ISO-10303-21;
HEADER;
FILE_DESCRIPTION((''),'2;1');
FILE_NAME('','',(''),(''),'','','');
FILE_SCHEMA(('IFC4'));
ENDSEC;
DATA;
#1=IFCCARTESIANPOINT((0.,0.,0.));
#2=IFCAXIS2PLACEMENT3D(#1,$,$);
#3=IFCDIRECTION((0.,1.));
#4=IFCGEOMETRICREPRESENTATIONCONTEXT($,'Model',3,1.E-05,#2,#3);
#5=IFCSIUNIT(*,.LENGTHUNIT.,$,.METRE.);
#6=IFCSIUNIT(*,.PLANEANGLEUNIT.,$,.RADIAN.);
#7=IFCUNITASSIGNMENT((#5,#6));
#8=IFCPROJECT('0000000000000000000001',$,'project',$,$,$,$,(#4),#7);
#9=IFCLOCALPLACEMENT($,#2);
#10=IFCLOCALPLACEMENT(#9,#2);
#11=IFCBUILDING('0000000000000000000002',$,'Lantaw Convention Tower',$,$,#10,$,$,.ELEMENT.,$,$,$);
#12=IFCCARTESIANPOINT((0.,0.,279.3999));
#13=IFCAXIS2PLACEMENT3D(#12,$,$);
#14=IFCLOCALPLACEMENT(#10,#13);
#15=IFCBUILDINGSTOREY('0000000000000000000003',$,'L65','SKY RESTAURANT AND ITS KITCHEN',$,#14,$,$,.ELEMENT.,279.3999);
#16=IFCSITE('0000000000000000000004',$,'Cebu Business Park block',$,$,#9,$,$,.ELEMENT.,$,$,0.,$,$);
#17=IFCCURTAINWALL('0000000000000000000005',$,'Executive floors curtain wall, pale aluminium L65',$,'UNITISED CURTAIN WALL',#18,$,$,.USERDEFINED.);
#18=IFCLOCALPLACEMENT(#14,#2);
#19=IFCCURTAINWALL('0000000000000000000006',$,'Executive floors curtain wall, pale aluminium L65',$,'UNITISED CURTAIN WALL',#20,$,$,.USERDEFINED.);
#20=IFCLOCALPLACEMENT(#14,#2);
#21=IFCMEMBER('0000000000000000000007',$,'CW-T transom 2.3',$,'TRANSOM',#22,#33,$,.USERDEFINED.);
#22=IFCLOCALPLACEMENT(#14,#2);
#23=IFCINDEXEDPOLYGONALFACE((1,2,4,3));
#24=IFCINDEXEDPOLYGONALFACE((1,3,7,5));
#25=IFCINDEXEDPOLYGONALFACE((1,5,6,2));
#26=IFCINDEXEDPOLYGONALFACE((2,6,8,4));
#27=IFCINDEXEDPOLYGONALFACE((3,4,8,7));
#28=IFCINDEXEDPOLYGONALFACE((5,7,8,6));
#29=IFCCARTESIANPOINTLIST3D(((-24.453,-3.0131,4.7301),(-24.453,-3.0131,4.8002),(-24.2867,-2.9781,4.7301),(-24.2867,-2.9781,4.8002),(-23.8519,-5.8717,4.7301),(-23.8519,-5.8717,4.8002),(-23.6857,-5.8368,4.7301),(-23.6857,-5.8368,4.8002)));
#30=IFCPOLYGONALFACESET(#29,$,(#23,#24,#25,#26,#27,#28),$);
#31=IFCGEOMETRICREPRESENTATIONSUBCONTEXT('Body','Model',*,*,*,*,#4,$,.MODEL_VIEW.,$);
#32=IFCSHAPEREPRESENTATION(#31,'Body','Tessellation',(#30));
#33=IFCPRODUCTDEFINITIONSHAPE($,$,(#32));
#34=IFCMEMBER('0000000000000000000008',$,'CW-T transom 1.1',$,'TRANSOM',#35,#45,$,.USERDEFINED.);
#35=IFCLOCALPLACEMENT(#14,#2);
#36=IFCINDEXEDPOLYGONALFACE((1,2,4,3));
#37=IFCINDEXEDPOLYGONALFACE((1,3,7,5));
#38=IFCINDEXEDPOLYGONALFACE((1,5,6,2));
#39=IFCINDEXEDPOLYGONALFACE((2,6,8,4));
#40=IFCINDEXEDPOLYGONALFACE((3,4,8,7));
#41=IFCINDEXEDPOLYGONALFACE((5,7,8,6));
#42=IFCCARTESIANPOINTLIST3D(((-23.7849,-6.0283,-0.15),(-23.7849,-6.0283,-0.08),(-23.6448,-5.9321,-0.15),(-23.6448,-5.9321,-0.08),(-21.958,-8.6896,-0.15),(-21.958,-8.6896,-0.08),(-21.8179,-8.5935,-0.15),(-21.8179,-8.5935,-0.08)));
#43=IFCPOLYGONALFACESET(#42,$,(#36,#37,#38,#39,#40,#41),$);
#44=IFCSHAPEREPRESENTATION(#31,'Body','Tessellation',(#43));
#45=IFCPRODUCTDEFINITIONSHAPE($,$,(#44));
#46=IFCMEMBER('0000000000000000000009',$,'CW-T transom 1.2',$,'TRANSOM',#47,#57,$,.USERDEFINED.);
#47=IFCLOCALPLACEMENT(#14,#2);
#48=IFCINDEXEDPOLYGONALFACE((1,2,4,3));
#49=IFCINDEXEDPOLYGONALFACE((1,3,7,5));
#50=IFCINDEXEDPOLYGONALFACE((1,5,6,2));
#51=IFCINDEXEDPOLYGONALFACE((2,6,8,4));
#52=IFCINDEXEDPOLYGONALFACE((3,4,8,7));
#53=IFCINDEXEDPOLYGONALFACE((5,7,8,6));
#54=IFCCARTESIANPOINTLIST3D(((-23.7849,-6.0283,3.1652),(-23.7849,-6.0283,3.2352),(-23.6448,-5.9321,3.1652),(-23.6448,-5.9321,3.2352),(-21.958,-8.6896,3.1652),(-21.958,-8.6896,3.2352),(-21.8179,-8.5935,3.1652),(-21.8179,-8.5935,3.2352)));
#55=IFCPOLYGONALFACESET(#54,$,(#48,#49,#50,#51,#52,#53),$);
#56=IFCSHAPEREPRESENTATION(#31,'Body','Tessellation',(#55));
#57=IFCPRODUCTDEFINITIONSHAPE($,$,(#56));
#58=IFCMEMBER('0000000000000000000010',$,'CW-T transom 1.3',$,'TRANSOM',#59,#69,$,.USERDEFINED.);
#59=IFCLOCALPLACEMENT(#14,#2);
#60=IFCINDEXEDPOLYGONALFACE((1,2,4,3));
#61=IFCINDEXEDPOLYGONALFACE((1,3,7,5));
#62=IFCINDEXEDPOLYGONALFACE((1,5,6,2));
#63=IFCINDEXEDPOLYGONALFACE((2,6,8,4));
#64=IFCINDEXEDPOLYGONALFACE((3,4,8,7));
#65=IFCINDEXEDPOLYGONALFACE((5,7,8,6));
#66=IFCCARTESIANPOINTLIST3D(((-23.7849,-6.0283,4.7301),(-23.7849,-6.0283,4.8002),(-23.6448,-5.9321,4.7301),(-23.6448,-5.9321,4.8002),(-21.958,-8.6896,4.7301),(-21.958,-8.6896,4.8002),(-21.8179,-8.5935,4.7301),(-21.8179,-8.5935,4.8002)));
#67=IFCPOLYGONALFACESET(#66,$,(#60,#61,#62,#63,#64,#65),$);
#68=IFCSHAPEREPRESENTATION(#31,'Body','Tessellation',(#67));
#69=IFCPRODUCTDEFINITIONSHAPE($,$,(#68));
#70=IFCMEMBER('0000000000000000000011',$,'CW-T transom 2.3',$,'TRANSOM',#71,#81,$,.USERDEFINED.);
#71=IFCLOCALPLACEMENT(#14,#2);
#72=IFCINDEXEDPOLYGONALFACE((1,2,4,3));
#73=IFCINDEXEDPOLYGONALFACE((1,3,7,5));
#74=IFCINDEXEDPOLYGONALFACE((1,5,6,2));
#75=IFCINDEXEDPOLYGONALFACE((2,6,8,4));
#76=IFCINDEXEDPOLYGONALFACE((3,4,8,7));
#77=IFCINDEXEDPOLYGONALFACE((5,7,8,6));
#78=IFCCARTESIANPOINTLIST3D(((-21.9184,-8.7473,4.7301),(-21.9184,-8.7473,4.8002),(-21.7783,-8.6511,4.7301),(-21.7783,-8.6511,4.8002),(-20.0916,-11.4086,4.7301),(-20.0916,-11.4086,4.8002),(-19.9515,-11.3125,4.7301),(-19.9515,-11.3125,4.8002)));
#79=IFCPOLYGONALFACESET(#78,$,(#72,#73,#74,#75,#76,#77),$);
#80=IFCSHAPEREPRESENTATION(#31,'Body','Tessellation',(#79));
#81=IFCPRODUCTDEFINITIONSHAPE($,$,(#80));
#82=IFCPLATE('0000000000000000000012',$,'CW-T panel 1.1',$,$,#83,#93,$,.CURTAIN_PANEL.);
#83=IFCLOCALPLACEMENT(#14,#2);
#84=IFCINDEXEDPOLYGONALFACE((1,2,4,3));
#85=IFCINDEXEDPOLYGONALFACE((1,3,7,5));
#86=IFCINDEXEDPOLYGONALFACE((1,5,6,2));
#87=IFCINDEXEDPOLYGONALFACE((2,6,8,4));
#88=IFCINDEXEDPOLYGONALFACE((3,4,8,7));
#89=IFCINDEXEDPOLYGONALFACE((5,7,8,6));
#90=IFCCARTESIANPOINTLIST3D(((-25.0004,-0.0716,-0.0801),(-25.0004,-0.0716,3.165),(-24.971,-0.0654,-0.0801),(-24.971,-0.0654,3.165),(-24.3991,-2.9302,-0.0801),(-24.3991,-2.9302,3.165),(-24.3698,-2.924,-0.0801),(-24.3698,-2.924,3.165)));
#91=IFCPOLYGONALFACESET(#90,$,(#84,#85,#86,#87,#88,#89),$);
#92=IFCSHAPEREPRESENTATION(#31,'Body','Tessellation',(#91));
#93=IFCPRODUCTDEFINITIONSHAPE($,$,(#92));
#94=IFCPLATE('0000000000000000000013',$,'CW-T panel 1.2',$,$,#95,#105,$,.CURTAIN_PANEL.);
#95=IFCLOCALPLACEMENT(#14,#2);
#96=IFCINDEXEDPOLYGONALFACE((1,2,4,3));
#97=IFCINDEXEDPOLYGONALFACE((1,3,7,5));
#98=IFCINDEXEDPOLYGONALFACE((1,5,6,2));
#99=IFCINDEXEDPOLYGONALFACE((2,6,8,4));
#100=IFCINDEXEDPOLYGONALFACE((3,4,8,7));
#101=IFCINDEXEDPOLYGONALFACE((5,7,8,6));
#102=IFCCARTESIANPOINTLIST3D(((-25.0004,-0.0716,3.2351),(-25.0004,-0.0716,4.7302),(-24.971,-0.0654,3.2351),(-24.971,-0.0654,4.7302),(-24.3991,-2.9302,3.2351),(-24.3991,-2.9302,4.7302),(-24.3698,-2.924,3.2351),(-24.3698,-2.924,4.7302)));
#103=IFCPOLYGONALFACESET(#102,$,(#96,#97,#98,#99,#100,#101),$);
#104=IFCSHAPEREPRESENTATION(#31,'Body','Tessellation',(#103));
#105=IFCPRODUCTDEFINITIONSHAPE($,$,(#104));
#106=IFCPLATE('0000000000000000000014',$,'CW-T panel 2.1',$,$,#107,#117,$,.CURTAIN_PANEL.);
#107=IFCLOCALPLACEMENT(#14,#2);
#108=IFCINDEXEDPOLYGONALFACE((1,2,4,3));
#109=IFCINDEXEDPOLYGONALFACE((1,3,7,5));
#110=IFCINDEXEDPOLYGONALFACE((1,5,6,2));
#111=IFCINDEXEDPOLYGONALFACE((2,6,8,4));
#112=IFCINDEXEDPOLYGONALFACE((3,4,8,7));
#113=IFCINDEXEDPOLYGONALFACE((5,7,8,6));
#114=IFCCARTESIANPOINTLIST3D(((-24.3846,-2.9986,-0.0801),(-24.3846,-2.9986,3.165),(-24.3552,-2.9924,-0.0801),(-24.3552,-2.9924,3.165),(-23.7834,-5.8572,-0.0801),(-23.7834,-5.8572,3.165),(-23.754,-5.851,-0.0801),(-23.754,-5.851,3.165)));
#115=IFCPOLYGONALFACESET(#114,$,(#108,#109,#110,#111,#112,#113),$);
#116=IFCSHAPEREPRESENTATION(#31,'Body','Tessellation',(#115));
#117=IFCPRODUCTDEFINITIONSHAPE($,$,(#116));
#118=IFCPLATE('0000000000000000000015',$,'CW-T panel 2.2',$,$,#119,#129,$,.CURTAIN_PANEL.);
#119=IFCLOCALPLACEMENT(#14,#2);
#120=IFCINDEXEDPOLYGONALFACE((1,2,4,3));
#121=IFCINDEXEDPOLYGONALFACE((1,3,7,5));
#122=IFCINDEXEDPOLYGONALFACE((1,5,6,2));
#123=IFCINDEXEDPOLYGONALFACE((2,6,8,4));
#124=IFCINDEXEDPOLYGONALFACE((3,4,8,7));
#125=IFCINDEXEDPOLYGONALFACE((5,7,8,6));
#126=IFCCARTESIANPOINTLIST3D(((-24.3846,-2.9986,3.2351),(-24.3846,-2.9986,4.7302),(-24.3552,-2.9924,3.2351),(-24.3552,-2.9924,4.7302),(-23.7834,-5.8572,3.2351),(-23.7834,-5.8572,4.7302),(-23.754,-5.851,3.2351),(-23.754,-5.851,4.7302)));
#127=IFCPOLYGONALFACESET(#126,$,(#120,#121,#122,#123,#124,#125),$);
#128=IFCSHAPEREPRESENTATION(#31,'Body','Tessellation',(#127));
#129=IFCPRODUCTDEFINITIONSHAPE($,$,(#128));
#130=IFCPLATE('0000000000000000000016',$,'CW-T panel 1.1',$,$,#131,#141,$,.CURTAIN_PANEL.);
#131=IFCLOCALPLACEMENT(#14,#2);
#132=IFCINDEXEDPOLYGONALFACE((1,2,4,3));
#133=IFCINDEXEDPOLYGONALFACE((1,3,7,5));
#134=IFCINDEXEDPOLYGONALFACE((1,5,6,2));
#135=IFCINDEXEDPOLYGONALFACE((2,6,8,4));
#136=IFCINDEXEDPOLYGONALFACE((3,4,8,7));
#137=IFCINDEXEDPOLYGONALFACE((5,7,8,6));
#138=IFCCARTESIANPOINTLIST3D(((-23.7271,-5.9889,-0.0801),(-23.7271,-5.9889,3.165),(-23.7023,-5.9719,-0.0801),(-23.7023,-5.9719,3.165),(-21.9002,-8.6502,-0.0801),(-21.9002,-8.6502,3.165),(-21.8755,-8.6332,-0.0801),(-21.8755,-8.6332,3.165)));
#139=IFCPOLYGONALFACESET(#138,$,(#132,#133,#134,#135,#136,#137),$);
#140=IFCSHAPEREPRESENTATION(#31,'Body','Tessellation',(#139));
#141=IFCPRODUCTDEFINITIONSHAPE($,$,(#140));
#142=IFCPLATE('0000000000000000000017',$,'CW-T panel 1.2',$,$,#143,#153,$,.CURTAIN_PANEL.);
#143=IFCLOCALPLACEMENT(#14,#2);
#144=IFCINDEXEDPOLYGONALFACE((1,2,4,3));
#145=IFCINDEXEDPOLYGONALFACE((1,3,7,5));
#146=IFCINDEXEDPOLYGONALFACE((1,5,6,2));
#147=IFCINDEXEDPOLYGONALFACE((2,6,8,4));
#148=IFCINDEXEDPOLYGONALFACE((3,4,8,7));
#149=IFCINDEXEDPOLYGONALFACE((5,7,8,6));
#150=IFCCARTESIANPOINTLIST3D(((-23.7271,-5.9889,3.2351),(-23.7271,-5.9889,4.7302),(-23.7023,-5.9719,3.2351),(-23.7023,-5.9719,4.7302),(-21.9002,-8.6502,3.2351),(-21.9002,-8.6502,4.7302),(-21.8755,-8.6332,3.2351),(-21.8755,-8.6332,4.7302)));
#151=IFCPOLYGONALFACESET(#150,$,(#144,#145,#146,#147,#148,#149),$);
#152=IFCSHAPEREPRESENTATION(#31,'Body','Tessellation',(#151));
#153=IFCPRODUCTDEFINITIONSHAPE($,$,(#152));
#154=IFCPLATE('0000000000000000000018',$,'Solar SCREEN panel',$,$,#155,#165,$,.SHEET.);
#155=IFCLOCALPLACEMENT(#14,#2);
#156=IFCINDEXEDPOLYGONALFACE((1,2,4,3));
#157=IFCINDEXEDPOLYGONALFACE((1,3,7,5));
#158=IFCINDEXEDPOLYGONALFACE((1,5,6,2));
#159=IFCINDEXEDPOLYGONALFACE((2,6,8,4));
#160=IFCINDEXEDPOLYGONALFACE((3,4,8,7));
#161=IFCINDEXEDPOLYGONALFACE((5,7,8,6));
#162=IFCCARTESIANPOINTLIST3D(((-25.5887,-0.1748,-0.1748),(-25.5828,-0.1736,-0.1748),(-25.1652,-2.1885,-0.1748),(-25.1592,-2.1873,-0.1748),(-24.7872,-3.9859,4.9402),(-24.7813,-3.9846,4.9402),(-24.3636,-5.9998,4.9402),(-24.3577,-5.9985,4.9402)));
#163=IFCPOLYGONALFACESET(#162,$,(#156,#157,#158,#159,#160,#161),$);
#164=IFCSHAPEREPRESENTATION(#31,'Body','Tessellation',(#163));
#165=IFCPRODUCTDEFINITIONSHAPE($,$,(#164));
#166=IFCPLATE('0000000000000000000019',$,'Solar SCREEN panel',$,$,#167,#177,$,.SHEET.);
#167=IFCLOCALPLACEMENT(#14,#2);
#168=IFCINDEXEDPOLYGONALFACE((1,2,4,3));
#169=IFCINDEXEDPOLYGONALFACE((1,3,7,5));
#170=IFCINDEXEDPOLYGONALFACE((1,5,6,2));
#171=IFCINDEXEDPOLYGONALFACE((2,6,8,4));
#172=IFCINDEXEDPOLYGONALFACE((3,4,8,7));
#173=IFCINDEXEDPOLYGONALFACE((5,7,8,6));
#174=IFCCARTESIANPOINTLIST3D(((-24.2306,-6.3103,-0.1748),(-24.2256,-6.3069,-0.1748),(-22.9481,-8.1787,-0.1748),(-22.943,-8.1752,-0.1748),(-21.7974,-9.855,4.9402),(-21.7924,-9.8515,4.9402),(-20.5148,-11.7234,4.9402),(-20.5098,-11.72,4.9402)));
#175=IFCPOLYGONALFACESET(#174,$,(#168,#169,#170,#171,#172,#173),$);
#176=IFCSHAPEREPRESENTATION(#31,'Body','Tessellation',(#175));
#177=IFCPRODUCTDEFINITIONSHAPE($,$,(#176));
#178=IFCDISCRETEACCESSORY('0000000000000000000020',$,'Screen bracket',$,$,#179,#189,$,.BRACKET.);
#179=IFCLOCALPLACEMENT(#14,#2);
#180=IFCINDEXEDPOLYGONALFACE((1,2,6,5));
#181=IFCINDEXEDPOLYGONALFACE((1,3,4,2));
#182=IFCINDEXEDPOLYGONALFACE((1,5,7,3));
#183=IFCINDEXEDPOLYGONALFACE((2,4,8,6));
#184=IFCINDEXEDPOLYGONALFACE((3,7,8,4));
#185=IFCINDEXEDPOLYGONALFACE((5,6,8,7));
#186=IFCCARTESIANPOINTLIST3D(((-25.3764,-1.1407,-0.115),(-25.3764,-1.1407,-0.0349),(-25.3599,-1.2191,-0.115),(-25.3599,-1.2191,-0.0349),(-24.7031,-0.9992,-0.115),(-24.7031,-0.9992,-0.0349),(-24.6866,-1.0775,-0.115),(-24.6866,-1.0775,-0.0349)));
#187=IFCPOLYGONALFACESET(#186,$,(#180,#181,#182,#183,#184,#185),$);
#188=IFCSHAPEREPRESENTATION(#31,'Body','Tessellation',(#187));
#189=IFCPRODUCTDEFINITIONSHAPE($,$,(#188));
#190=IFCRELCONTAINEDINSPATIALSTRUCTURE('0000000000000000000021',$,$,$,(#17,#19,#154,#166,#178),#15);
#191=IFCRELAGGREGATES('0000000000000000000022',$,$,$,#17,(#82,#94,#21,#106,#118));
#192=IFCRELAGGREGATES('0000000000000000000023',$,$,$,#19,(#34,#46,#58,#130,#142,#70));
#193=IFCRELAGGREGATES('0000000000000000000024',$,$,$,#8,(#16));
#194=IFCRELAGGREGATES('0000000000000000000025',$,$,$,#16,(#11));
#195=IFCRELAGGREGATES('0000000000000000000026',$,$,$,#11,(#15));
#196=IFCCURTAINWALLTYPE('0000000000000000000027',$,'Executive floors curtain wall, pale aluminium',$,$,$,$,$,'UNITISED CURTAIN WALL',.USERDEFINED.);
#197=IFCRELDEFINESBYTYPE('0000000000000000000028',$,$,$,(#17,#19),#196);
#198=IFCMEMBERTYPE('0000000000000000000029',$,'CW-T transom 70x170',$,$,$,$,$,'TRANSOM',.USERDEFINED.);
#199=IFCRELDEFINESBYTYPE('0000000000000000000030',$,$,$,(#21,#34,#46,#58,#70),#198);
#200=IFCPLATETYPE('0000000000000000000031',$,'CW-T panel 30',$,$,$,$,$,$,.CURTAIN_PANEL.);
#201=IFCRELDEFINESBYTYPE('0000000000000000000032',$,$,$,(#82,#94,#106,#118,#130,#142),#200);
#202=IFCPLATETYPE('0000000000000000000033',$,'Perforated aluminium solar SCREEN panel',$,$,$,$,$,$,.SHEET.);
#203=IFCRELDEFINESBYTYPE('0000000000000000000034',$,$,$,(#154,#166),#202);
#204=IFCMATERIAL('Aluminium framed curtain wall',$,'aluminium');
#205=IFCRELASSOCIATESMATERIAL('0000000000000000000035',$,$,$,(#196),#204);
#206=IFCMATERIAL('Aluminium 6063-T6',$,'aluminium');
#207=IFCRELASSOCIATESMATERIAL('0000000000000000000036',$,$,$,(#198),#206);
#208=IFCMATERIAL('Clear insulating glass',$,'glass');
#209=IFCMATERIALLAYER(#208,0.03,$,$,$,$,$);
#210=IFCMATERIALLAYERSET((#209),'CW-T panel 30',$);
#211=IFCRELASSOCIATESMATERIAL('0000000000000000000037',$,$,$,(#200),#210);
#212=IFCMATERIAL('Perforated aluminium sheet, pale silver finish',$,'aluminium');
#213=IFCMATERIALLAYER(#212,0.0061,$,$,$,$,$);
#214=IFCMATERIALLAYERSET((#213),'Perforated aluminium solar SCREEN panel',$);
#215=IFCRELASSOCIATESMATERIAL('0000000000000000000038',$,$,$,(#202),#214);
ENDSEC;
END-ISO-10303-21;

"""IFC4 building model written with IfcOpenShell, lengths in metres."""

from ifc_helpers import new_model, si_unit, direction, frame, origin, origin_2d, place, context, subcontext, project, spatial, polyline, rectangle, outline, extrude, material, layer, layer_set, material_profile, profile_set, type_object, element, aggregate, save


model = new_model("IFC4")

# Units and contexts
model_context = context("Model", 3, precision=1e-05, world=origin(), true_north=direction((0.0, 1.0)))
body_context = subcontext(model_context, "Body", "Model", "MODEL_VIEW")
ifc_project = project(units=[si_unit("LENGTHUNIT", "METRE"), si_unit("PLANEANGLEUNIT", "RADIAN")], contexts=[model_context])

# Site, building, storey
site_placement = place(None, origin())
site = spatial("IfcSite", under=ifc_project, at=site_placement, Name="Cebu Business Park block", CompositionType="ELEMENT", RefElevation=0.0)
building_placement = place(site_placement, origin())
building = spatial("IfcBuilding", under=site, at=building_placement, Name="Lantaw Convention Tower", CompositionType="ELEMENT")
storey_placement = place(building_placement, frame((0.0, 0.0, 279.3999)))
storey = spatial("IfcBuildingStorey", under=building, at=storey_placement, Name="L65", Description="SKY RESTAURANT AND ITS KITCHEN", CompositionType="ELEMENT", Elevation=279.3999)

# Curtain walls
ifc_material_1 = material(Name="Aluminium framed curtain wall", Category="aluminium")
curtain_wall_type = type_object("IfcCurtainWallType", Name="Executive floors curtain wall, pale aluminium", ElementType="UNITISED CURTAIN WALL", PredefinedType="USERDEFINED", material=ifc_material_1)
curtain_wall_1_placement = place(storey_placement, origin())
curtain_wall_1 = element("IfcCurtainWall", 1, at=curtain_wall_1_placement, inside=storey, type_object=curtain_wall_type, Name="Executive floors curtain wall, pale aluminium L65", ObjectType="UNITISED CURTAIN WALL", PredefinedType="USERDEFINED")
ifc_material_2 = material(Name="Aluminium 6063-T6", Category="aluminium")
curtain_wall_2_placement = place(storey_placement, origin())
curtain_wall_2 = element("IfcCurtainWall", 2, at=curtain_wall_2_placement, inside=storey, type_object=curtain_wall_type, Name="Executive floors curtain wall, pale aluminium L65", ObjectType="UNITISED CURTAIN WALL", PredefinedType="USERDEFINED")

# Members
ifc_material_profile_1 = material_profile(ifc_material_2, rectangle(XDim=0.1699, YDim=0.0701, at=origin_2d()), Name="CW-T transom 70x170")
ifc_profile_set_1 = profile_set([ifc_material_profile_1], Name="Aluminium 6063-T6")
member_type_1 = type_object("IfcMemberType", Name="CW-T transom 70x170", ElementType="TRANSOM", PredefinedType="USERDEFINED", material=ifc_profile_set_1)
member_1_placement = place(storey_placement, frame((-24.3699, -2.9956, 4.7651), z_axis=(0.205766, -0.978601, 0.0), x_axis=(0.978601, 0.205766, 0.0)))
member_1 = element("IfcMember", 3, at=member_1_placement, type_object=member_type_1, Name="CW-T transom 2.3", ObjectType="TRANSOM", PredefinedType="USERDEFINED", context=body_context, shape_type="SweptSolid", body=[
    extrude(rectangle(XDim=0.1699, YDim=0.0701, at=origin_2d()), origin(), (0.0, 0.0, 1.0), 2.9211),
])
member_2_placement = place(storey_placement, frame((-23.7148, -5.9802, -0.115), z_axis=(0.565941, -0.824446, 0.0), x_axis=(0.824446, 0.565941, 0.0)))
member_2 = element("IfcMember", 4, at=member_2_placement, type_object=member_type_1, Name="CW-T transom 1.1", ObjectType="TRANSOM", PredefinedType="USERDEFINED", context=body_context, shape_type="SweptSolid", body=[
    extrude(rectangle(XDim=0.1699, YDim=0.0701, at=origin_2d()), origin(), (0.0, 0.0, 1.0), 3.228),
])
member_3_placement = place(storey_placement, frame((-23.7148, -5.9802, 3.2002), z_axis=(0.565941, -0.824446, 0.0), x_axis=(0.824446, 0.565941, 0.0)))
member_3 = element("IfcMember", 5, at=member_3_placement, type_object=member_type_1, Name="CW-T transom 1.2", ObjectType="TRANSOM", PredefinedType="USERDEFINED", context=body_context, shape_type="SweptSolid", body=[
    extrude(rectangle(XDim=0.1699, YDim=0.0701, at=origin_2d()), origin(), (0.0, 0.0, 1.0), 3.228),
])
member_4_placement = place(storey_placement, frame((-23.7148, -5.9802, 4.7651), z_axis=(0.565941, -0.824446, 0.0), x_axis=(0.824446, 0.565941, 0.0)))
member_4 = element("IfcMember", 6, at=member_4_placement, type_object=member_type_1, Name="CW-T transom 1.3", ObjectType="TRANSOM", PredefinedType="USERDEFINED", context=body_context, shape_type="SweptSolid", body=[
    extrude(rectangle(XDim=0.1699, YDim=0.0701, at=origin_2d()), origin(), (0.0, 0.0, 1.0), 3.228),
])
member_5_placement = place(storey_placement, frame((-21.8484, -8.6992, 4.7651), z_axis=(0.565941, -0.824446, 0.0), x_axis=(0.824446, 0.565941, 0.0)))
member_5 = element("IfcMember", 7, at=member_5_placement, type_object=member_type_1, Name="CW-T transom 2.3", ObjectType="TRANSOM", PredefinedType="USERDEFINED", context=body_context, shape_type="SweptSolid", body=[
    extrude(rectangle(XDim=0.1699, YDim=0.0701, at=origin_2d()), origin(), (0.0, 0.0, 1.0), 3.228),
])

# Plates
ifc_material_3 = material(Name="Clear insulating glass", Category="glass")
ifc_layer_1 = layer(ifc_material_3, 0.03)
ifc_layer_set_1 = layer_set([ifc_layer_1], Name="CW-T panel 30")
plate_type_1 = type_object("IfcPlateType", Name="CW-T panel 30", PredefinedType="CURTAIN_PANEL", material=ifc_layer_set_1)
plate_1_placement = place(storey_placement, frame((-24.6851, -1.4978, -0.0801), z_axis=(0.0, 0.0, 1.0), x_axis=(0.205814, -0.978591, 0.0)))
plate_1 = element("IfcPlate", 8, at=plate_1_placement, type_object=plate_type_1, Name="CW-T panel 1.1", PredefinedType="CURTAIN_PANEL", context=body_context, shape_type="SweptSolid", body=[
    extrude(rectangle(XDim=2.9211, YDim=0.03, at=origin_2d()), origin(), (0.0, 0.0, 1.0), 3.2451),
])
plate_2_placement = place(storey_placement, frame((-24.6851, -1.4978, 3.2351), z_axis=(0.0, 0.0, 1.0), x_axis=(0.205814, -0.978591, 0.0)))
plate_2 = element("IfcPlate", 9, at=plate_2_placement, type_object=plate_type_1, Name="CW-T panel 1.2", PredefinedType="CURTAIN_PANEL", context=body_context, shape_type="SweptSolid", body=[
    extrude(rectangle(XDim=2.9211, YDim=0.03, at=origin_2d()), origin(), (0.0, 0.0, 1.0), 1.4951),
])
plate_3_placement = place(storey_placement, frame((-24.0693, -4.4248, -0.0801), z_axis=(0.0, 0.0, 1.0), x_axis=(0.205814, -0.978591, 0.0)))
plate_3 = element("IfcPlate", 10, at=plate_3_placement, type_object=plate_type_1, Name="CW-T panel 2.1", PredefinedType="CURTAIN_PANEL", context=body_context, shape_type="SweptSolid", body=[
    extrude(rectangle(XDim=2.9211, YDim=0.03, at=origin_2d()), origin(), (0.0, 0.0, 1.0), 3.2451),
])
plate_4_placement = place(storey_placement, frame((-24.0693, -4.4248, 3.2351), z_axis=(0.0, 0.0, 1.0), x_axis=(0.205814, -0.978591, 0.0)))
plate_4 = element("IfcPlate", 11, at=plate_4_placement, type_object=plate_type_1, Name="CW-T panel 2.2", PredefinedType="CURTAIN_PANEL", context=body_context, shape_type="SweptSolid", body=[
    extrude(rectangle(XDim=2.9211, YDim=0.03, at=origin_2d()), origin(), (0.0, 0.0, 1.0), 1.4951),
])
aggregate(curtain_wall_1, [plate_1, plate_2, member_1, plate_3, plate_4])
plate_5_placement = place(storey_placement, frame((-22.8013, -7.311, -0.0801), z_axis=(0.0, 0.0, 1.0), x_axis=(0.565935, -0.82445, 0.0)))
plate_5 = element("IfcPlate", 12, at=plate_5_placement, type_object=plate_type_1, Name="CW-T panel 1.1", PredefinedType="CURTAIN_PANEL", context=body_context, shape_type="SweptSolid", body=[
    extrude(rectangle(XDim=3.228, YDim=0.03, at=origin_2d()), origin(), (0.0, 0.0, 1.0), 3.2451),
])
plate_6_placement = place(storey_placement, frame((-22.8013, -7.311, 3.2351), z_axis=(0.0, 0.0, 1.0), x_axis=(0.565935, -0.82445, 0.0)))
plate_6 = element("IfcPlate", 13, at=plate_6_placement, type_object=plate_type_1, Name="CW-T panel 1.2", PredefinedType="CURTAIN_PANEL", context=body_context, shape_type="SweptSolid", body=[
    extrude(rectangle(XDim=3.228, YDim=0.03, at=origin_2d()), origin(), (0.0, 0.0, 1.0), 1.4951),
])
aggregate(curtain_wall_2, [member_2, member_3, member_4, plate_5, plate_6, member_5])

# Plates
ifc_material_4 = material(Name="Perforated aluminium sheet, pale silver finish", Category="aluminium")
ifc_layer_2 = layer(ifc_material_4, 0.0061)
ifc_layer_set_2 = layer_set([ifc_layer_2], Name="Perforated aluminium solar SCREEN panel")
plate_type_2 = type_object("IfcPlateType", Name="Perforated aluminium solar SCREEN panel", PredefinedType="SHEET", material=ifc_layer_set_2)
plate_7_placement = place(storey_placement, frame((-25.5828, -0.1736, -0.1748), z_axis=(0.978586, 0.205837, 0.000025), x_axis=(0.205837, -0.978586, 0.0)))
element("IfcPlate", 14, at=plate_7_placement, inside=storey, type_object=plate_type_2, Name="Solar SCREEN panel", PredefinedType="SHEET", context=body_context, shape_type="SweptSolid", body=[
    extrude(outline(polyline([(0.0, 0.0), (2.0577, 0.0), (5.9524, -5.115), (3.8944, -5.115), (0.0, 0.0)])), origin(), (0.0, 0.0, -1.0), 0.0061),
])
plate_8_placement = place(storey_placement, frame((-24.2256, -6.3069, -0.1748), z_axis=(0.824441, 0.565948, 0.00001), x_axis=(0.565948, -0.824441, 0.0)))
element("IfcPlate", 15, at=plate_8_placement, inside=storey, type_object=plate_type_2, Name="Solar SCREEN panel", PredefinedType="SHEET", context=body_context, shape_type="SweptSolid", body=[
    extrude(outline(polyline([(0.0, 0.0), (2.2662, 0.0), (6.5657, -5.115), (4.2994, -5.115), (0.0, 0.0)])), origin(), (0.0, 0.0, -1.0), 0.0061),
])

# Discrete accessory
for number, where, z_axis, x_axis, name in (
    (16, (-25.0315, -1.1091, -0.115), (0.0, 0.0, 1.0), (0.205814, -0.978591, 0.0), "Screen bracket"),
):
    element("IfcDiscreteAccessory", number, at=place(storey_placement, frame(where, z_axis=z_axis, x_axis=x_axis)), inside=storey, Name=name, PredefinedType="BRACKET", context=body_context, shape_type="SweptSolid", body=[
        extrude(rectangle(XDim=0.0801, YDim=0.688, at=origin_2d()), origin(), (0.0, 0.0, 1.0), 0.0801),
    ])

save(model, "model.ifc")
